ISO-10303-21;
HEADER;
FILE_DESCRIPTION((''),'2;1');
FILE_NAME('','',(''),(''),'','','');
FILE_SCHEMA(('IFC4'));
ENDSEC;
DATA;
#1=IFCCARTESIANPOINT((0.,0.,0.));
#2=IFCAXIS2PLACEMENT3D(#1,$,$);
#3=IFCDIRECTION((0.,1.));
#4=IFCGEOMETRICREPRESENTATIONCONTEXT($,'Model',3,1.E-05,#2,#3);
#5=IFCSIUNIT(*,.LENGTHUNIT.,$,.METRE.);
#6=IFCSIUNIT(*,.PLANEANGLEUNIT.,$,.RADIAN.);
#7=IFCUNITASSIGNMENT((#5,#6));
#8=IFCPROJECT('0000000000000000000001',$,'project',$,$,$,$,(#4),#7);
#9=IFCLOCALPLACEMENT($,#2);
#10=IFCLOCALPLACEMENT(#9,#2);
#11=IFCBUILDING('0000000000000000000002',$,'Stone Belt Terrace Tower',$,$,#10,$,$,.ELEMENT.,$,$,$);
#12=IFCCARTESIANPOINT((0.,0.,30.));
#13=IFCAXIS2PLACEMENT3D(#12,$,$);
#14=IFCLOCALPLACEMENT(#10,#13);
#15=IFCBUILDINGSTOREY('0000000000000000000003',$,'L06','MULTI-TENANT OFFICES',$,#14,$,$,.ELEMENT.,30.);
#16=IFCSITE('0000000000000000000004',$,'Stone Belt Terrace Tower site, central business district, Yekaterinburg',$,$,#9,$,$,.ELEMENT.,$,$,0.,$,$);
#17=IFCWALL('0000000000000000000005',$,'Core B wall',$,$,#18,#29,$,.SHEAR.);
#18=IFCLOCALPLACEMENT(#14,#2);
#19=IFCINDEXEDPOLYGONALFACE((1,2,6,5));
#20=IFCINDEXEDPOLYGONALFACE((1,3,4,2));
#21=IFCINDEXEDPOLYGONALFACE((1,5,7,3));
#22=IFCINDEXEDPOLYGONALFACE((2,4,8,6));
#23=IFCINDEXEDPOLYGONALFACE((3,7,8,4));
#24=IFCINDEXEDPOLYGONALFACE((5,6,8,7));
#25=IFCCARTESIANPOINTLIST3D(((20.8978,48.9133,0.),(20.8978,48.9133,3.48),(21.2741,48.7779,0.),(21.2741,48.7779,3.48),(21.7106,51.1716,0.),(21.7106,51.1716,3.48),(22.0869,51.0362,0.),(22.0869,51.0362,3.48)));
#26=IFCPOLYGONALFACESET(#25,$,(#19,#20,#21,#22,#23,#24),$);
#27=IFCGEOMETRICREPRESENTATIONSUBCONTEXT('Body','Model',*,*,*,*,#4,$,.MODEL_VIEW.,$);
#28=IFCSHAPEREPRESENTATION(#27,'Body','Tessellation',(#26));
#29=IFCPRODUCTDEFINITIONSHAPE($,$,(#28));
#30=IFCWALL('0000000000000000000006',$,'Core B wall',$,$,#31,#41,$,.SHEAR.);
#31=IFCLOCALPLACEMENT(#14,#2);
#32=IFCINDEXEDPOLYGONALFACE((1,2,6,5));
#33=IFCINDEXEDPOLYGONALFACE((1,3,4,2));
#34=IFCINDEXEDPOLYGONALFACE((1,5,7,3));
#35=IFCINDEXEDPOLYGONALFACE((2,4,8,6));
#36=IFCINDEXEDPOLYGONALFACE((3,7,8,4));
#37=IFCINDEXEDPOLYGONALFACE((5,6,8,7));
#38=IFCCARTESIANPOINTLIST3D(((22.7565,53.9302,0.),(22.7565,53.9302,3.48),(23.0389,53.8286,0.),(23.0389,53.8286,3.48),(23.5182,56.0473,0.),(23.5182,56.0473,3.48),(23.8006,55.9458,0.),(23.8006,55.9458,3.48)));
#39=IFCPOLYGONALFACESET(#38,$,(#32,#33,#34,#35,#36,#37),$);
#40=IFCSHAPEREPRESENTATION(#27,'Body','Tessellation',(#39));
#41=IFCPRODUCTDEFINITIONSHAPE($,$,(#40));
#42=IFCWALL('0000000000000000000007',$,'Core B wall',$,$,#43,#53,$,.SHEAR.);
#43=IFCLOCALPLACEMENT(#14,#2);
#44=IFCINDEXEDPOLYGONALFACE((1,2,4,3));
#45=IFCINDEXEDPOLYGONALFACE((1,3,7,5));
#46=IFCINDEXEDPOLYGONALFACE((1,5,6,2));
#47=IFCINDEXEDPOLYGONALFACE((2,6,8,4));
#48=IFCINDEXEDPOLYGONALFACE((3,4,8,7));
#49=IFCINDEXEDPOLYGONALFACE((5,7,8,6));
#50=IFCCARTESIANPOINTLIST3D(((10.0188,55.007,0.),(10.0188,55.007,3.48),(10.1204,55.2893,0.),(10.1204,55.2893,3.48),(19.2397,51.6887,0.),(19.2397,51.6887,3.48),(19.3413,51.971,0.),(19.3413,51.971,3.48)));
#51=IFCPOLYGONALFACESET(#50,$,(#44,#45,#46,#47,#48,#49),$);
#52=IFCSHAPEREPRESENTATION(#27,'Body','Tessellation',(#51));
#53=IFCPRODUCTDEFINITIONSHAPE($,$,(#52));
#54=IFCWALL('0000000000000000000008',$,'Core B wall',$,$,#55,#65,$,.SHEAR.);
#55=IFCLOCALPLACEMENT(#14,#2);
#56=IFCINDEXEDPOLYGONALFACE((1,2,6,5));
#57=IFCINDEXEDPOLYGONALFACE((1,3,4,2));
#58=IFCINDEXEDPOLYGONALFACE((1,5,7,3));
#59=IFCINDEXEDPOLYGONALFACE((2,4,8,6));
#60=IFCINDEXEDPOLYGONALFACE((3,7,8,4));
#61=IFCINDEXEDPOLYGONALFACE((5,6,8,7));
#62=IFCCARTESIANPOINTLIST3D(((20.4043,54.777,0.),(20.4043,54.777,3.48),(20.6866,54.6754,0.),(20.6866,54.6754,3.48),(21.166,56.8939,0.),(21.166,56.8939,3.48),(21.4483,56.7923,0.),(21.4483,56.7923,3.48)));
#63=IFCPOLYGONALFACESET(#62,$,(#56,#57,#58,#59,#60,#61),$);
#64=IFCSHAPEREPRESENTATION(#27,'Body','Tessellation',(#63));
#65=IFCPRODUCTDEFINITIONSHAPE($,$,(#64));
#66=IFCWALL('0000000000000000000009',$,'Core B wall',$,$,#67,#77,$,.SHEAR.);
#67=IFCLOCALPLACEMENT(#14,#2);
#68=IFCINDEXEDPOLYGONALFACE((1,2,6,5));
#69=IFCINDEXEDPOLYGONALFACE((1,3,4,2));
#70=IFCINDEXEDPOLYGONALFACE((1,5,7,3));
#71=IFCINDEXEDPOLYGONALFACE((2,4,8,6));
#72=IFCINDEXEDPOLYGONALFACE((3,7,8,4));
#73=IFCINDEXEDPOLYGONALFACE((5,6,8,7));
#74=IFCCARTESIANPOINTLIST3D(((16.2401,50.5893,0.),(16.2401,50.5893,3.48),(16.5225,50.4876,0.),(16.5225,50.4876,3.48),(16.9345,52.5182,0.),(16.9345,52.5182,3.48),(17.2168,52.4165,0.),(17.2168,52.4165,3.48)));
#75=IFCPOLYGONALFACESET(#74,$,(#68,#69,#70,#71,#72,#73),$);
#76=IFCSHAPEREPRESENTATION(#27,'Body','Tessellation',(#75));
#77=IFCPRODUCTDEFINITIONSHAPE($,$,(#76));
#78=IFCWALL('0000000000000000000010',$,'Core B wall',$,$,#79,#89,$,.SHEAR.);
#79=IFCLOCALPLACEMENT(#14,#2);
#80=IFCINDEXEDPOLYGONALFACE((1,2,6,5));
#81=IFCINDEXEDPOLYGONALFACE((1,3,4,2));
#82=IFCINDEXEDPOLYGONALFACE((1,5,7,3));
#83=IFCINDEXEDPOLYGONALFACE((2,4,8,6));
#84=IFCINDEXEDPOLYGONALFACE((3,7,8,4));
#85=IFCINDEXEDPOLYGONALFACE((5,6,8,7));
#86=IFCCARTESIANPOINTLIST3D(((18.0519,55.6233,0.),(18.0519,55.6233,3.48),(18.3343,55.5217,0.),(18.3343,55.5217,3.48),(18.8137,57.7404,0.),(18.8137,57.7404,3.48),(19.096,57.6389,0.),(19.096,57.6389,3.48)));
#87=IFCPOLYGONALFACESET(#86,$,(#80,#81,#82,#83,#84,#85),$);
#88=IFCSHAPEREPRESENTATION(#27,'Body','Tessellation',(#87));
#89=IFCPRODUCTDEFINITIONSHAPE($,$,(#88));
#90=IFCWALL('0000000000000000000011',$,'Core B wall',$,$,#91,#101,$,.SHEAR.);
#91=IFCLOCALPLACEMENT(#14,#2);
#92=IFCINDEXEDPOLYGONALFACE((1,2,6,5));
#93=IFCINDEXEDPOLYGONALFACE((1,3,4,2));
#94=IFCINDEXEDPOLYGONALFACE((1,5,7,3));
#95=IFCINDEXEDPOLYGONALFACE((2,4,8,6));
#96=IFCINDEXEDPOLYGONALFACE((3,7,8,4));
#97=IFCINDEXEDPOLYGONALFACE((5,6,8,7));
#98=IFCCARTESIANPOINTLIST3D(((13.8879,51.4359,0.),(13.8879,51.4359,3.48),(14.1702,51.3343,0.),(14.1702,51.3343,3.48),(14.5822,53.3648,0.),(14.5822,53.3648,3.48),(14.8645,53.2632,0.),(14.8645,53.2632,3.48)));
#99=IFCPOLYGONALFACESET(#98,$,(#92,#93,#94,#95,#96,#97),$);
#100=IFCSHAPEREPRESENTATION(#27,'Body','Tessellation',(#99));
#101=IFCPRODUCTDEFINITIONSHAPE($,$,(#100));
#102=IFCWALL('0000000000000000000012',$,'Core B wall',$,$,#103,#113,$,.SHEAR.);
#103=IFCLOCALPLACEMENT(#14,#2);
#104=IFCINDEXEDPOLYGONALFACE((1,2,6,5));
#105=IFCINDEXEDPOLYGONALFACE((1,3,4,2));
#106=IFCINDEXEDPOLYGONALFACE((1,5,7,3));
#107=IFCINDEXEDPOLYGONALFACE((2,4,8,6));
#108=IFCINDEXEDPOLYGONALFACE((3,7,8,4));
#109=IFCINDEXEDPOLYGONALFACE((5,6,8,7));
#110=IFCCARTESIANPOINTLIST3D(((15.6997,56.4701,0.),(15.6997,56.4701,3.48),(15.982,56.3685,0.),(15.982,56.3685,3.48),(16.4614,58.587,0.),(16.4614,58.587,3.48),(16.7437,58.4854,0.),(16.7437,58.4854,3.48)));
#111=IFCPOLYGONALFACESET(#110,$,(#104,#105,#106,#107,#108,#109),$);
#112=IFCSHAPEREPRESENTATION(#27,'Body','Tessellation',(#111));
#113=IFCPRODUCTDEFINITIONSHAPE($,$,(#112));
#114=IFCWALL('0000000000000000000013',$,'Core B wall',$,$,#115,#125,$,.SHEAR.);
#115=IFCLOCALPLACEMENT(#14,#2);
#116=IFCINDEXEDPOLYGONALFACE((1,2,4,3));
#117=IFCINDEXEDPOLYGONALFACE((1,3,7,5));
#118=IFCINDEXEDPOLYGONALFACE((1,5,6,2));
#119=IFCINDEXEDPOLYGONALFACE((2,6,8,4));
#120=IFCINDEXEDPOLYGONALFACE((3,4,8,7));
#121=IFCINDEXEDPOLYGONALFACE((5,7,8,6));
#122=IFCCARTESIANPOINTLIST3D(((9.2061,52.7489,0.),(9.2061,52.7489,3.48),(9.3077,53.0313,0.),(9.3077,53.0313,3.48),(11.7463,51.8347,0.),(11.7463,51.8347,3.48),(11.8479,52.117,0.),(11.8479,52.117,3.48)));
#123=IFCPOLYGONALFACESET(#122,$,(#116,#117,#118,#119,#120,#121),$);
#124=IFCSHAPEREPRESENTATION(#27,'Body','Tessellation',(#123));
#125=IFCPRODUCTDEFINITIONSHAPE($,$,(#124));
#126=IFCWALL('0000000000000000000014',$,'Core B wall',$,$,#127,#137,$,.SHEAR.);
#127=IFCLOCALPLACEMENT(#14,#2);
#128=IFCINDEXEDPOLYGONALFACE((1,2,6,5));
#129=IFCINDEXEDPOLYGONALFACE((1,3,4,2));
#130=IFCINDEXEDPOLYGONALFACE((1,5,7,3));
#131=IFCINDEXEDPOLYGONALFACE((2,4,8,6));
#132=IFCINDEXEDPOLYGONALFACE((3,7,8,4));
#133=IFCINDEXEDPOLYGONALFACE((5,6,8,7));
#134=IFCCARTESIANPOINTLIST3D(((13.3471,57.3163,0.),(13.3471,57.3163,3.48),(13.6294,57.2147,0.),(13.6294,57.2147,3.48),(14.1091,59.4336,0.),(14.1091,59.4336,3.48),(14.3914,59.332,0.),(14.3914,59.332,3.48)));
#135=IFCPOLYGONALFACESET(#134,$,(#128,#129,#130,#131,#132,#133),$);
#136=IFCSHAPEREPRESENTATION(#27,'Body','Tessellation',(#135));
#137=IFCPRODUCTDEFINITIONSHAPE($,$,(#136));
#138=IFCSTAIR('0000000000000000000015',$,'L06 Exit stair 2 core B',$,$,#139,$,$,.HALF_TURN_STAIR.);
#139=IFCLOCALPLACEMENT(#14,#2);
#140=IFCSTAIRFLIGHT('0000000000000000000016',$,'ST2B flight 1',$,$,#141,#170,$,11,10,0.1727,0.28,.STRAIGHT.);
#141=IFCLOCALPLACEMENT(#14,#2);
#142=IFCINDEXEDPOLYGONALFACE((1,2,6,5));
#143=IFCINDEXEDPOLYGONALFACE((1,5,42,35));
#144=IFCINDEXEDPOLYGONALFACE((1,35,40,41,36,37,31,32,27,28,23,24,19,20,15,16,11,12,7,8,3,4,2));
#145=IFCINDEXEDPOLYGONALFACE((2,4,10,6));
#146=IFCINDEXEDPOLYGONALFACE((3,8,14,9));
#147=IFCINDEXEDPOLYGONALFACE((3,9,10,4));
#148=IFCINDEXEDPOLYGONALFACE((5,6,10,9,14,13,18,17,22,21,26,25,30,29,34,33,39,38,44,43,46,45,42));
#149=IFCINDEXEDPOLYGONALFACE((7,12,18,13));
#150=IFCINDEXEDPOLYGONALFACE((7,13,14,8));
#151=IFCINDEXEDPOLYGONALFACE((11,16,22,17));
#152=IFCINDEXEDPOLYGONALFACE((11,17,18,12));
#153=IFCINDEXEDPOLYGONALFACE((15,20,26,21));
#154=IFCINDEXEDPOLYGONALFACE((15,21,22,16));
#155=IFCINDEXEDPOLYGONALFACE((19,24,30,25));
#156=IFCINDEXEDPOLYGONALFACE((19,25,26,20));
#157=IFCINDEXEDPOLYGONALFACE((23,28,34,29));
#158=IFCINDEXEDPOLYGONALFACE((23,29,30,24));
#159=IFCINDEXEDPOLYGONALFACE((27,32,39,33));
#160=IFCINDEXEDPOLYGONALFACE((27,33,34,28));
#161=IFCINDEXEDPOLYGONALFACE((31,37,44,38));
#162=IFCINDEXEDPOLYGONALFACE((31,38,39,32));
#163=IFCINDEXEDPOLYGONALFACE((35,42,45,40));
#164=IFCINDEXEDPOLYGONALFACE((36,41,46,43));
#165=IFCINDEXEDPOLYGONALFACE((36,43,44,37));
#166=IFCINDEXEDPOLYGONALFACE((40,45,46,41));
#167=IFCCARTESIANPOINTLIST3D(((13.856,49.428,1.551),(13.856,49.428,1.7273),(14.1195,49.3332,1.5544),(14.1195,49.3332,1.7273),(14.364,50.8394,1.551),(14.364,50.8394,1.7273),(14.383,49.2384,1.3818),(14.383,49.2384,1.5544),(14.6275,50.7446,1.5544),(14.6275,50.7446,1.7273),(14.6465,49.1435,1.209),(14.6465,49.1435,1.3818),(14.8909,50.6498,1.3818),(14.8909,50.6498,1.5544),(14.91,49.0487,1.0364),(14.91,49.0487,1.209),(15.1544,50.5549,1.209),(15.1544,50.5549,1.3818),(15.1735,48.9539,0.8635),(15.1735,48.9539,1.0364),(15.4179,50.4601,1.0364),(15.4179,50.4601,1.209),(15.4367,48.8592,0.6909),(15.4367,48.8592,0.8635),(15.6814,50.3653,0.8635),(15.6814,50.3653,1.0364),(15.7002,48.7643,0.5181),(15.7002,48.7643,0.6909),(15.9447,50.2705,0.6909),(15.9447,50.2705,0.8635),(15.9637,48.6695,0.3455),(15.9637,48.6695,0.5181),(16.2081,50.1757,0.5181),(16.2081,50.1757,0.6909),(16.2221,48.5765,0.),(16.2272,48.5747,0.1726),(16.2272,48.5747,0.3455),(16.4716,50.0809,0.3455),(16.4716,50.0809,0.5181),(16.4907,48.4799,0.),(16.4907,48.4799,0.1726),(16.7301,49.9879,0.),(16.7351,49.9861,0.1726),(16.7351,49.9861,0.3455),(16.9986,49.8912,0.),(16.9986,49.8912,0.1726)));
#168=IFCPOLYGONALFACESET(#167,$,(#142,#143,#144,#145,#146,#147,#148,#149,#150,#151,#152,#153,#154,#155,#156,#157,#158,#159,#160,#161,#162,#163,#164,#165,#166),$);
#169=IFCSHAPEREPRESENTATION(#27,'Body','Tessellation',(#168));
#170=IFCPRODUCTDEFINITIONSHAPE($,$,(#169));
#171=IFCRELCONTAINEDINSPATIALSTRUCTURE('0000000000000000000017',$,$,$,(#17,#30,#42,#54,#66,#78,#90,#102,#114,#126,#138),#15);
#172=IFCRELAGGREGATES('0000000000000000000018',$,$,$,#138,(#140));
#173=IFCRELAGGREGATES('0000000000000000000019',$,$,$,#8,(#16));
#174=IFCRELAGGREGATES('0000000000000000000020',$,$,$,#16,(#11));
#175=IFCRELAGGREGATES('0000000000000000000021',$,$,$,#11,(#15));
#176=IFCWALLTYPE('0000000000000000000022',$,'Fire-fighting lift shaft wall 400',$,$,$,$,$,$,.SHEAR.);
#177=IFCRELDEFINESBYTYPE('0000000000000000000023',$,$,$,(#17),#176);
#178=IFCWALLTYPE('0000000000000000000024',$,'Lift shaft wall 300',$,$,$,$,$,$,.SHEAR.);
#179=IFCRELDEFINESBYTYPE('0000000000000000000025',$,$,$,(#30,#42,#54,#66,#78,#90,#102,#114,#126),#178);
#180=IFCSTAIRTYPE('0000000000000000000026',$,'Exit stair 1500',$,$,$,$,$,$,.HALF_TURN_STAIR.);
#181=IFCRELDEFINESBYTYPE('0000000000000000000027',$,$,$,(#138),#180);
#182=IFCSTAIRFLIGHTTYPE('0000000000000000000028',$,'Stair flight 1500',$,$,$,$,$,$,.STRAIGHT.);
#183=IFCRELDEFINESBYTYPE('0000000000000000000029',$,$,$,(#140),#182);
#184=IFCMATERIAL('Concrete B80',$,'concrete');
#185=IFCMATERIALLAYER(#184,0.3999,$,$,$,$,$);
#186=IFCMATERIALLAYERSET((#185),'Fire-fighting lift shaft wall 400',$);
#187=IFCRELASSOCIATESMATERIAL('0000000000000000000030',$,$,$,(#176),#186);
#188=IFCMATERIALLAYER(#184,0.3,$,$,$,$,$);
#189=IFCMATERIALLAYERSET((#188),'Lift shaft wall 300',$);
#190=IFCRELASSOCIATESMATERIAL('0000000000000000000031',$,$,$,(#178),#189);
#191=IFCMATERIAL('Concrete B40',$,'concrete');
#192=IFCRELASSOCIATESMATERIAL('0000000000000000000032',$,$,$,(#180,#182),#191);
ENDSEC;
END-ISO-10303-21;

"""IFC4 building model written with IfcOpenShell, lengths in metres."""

from ifc_helpers import new_model, si_unit, direction, frame, frame_2d, origin, place, context, subcontext, project, spatial, polyline, rectangle, outline, extrude, material, layer, layer_set, type_object, element, aggregate, save


model = new_model("IFC4")

# Units and contexts
model_context = context("Model", 3, precision=1e-05, world=origin(), true_north=direction((0.0, 1.0)))
body_context = subcontext(model_context, "Body", "Model", "MODEL_VIEW")
ifc_project = project(units=[si_unit("LENGTHUNIT", "METRE"), si_unit("PLANEANGLEUNIT", "RADIAN")], contexts=[model_context])

# Site, building, storey
site_placement = place(None, origin())
site = spatial("IfcSite", under=ifc_project, at=site_placement, Name="Stone Belt Terrace Tower site, central business district, Yekaterinburg", CompositionType="ELEMENT", RefElevation=0.0)
building_placement = place(site_placement, origin())
building = spatial("IfcBuilding", under=site, at=building_placement, Name="Stone Belt Terrace Tower", CompositionType="ELEMENT")
storey_placement = place(building_placement, frame((0.0, 0.0, 30.0)))
storey = spatial("IfcBuildingStorey", under=building, at=storey_placement, Name="L06", Description="MULTI-TENANT OFFICES", CompositionType="ELEMENT", Elevation=30.0)

# Walls
ifc_material_1 = material(Name="Concrete B80", Category="concrete")
ifc_layer_1 = layer(ifc_material_1, 0.3999)
ifc_layer_set_1 = layer_set([ifc_layer_1], Name="Fire-fighting lift shaft wall 400")
wall_type_1 = type_object("IfcWallType", Name="Fire-fighting lift shaft wall 400", PredefinedType="SHEAR", material=ifc_layer_set_1)
wall_1_placement = place(storey_placement, frame((21.0859, 48.8455, 0.0), z_axis=(0.0, 0.0, 1.0), x_axis=(0.338629, 0.94092, 0.0)))
element("IfcWall", 1, at=wall_1_placement, inside=storey, type_object=wall_type_1, Name="Core B wall", PredefinedType="SHEAR", context=body_context, shape_type="SweptSolid", body=[
    extrude(rectangle(XDim=2.4001, YDim=0.3999, at=frame_2d((1.2002, 0.0))), origin(), (0.0, 0.0, 1.0), 3.48),
])
ifc_layer_2 = layer(ifc_material_1, 0.3)
ifc_layer_set_2 = layer_set([ifc_layer_2], Name="Lift shaft wall 300")
wall_type_2 = type_object("IfcWallType", Name="Lift shaft wall 300", PredefinedType="SHEAR", material=ifc_layer_set_2)
wall_2_placement = place(storey_placement, frame((22.8977, 53.8794, 0.0), z_axis=(0.0, 0.0, 1.0), x_axis=(0.338535, 0.940954, 0.0)))
element("IfcWall", 2, at=wall_2_placement, inside=storey, type_object=wall_type_2, Name="Core B wall", PredefinedType="SHEAR", context=body_context, shape_type="SweptSolid", body=[
    extrude(rectangle(XDim=2.25, YDim=0.3, at=frame_2d((1.125, 0.0))), origin(), (0.0, 0.0, 1.0), 3.48),
])
wall_3_placement = place(storey_placement, frame((19.2905, 51.8298, 0.0), z_axis=(0.0, 0.0, 1.0), x_axis=(-0.940926, 0.338613, 0.0)))
element("IfcWall", 3, at=wall_3_placement, inside=storey, type_object=wall_type_2, Name="Core B wall", PredefinedType="SHEAR", context=body_context, shape_type="SweptSolid", body=[
    extrude(rectangle(XDim=9.7998, YDim=0.3, at=frame_2d((4.8999, 0.0))), origin(), (0.0, 0.0, 1.0), 3.48),
])
wall_4_placement = place(storey_placement, frame((20.5454, 54.7261, 0.0), z_axis=(0.0, 0.0, 1.0), x_axis=(0.33857, 0.940941, 0.0)))
element("IfcWall", 4, at=wall_4_placement, inside=storey, type_object=wall_type_2, Name="Core B wall", PredefinedType="SHEAR", context=body_context, shape_type="SweptSolid", body=[
    extrude(rectangle(XDim=2.2498, YDim=0.3, at=frame_2d((1.125, 0.0))), origin(), (0.0, 0.0, 1.0), 3.48),
])
wall_5_placement = place(storey_placement, frame((16.3813, 50.5386, 0.0), z_axis=(0.0, 0.0, 1.0), x_axis=(0.338682, 0.940901, 0.0)))
element("IfcWall", 5, at=wall_5_placement, inside=storey, type_object=wall_type_2, Name="Core B wall", PredefinedType="SHEAR", context=body_context, shape_type="SweptSolid", body=[
    extrude(rectangle(XDim=2.05, YDim=0.3, at=frame_2d((1.0249, 0.0))), origin(), (0.0, 0.0, 1.0), 3.48),
])
wall_6_placement = place(storey_placement, frame((18.1931, 55.5725, 0.0), z_axis=(0.0, 0.0, 1.0), x_axis=(0.338535, 0.940954, 0.0)))
element("IfcWall", 6, at=wall_6_placement, inside=storey, type_object=wall_type_2, Name="Core B wall", PredefinedType="SHEAR", context=body_context, shape_type="SweptSolid", body=[
    extrude(rectangle(XDim=2.25, YDim=0.3, at=frame_2d((1.125, 0.0))), origin(), (0.0, 0.0, 1.0), 3.48),
])
wall_7_placement = place(storey_placement, frame((14.0291, 51.3853, 0.0), z_axis=(0.0, 0.0, 1.0), x_axis=(0.338682, 0.940901, 0.0)))
element("IfcWall", 7, at=wall_7_placement, inside=storey, type_object=wall_type_2, Name="Core B wall", PredefinedType="SHEAR", context=body_context, shape_type="SweptSolid", body=[
    extrude(rectangle(XDim=2.05, YDim=0.3, at=frame_2d((1.0249, 0.0))), origin(), (0.0, 0.0, 1.0), 3.48),
])
wall_8_placement = place(storey_placement, frame((15.8408, 56.4192, 0.0), z_axis=(0.0, 0.0, 1.0), x_axis=(0.33857, 0.940941, 0.0)))
element("IfcWall", 8, at=wall_8_placement, inside=storey, type_object=wall_type_2, Name="Core B wall", PredefinedType="SHEAR", context=body_context, shape_type="SweptSolid", body=[
    extrude(rectangle(XDim=2.2498, YDim=0.3, at=frame_2d((1.125, 0.0))), origin(), (0.0, 0.0, 1.0), 3.48),
])
wall_9_placement = place(storey_placement, frame((11.7971, 51.9758, 0.0), z_axis=(0.0, 0.0, 1.0), x_axis=(-0.94091, 0.338655, 0.0)))
element("IfcWall", 9, at=wall_9_placement, inside=storey, type_object=wall_type_2, Name="Core B wall", PredefinedType="SHEAR", context=body_context, shape_type="SweptSolid", body=[
    extrude(rectangle(XDim=2.6997, YDim=0.3, at=frame_2d((1.3499, 0.0))), origin(), (0.0, 0.0, 1.0), 3.48),
])
wall_10_placement = place(storey_placement, frame((13.4883, 57.2656, 0.0), z_axis=(0.0, 0.0, 1.0), x_axis=(0.338631, 0.940919, 0.0)))
element("IfcWall", 10, at=wall_10_placement, inside=storey, type_object=wall_type_2, Name="Core B wall", PredefinedType="SHEAR", context=body_context, shape_type="SweptSolid", body=[
    extrude(rectangle(XDim=2.2502, YDim=0.3, at=frame_2d((1.125, 0.0))), origin(), (0.0, 0.0, 1.0), 3.48),
])

# Stair, stair flight
ifc_material_2 = material(Name="Concrete B40", Category="concrete")
stair_type = type_object("IfcStairType", Name="Exit stair 1500", PredefinedType="HALF_TURN_STAIR", material=ifc_material_2)
stair_placement = place(storey_placement, origin())
stair = element("IfcStair", 11, at=stair_placement, inside=storey, type_object=stair_type, Name="L06 Exit stair 2 core B", PredefinedType="HALF_TURN_STAIR")
stair_flight_type = type_object("IfcStairFlightType", Name="Stair flight 1500", PredefinedType="STRAIGHT", material=ifc_material_2)
stair_flight_1_placement = place(storey_placement, frame((16.7446, 49.1855, 0.0), z_axis=(0.0, 0.0, 1.0), x_axis=(-0.940922, 0.338624, 0.0)))
stair_flight_1 = element("IfcStairFlight", 12, at=stair_flight_1_placement, type_object=stair_flight_type, Name="ST2B flight 1", NumberOfRisers=11, NumberOfTreads=10, PredefinedType="STRAIGHT", RiserHeight=0.1727, TreadLength=0.28, context=body_context, shape_type="SweptSolid", body=[
    extrude(outline(polyline([(0.0, 0.0), (0.0, 0.1726), (0.28, 0.1726), (0.28, 0.3455), (0.5601, 0.3455), (0.5601, 0.5181), (0.8401, 0.5181), (0.8401, 0.6909), (1.1201, 0.6909), (1.1201, 0.8635), (1.3999, 0.8635), (1.3999, 1.0364), (1.6799, 1.0364), (1.6799, 1.209), (1.96, 1.209), (1.96, 1.3818), (2.24, 1.3818), (2.24, 1.5544), (2.52, 1.5544), (2.52, 1.7273), (2.8, 1.7273), (2.8, 1.8999), (2.8, 1.551), (0.2854, 0.0), (0.0, 0.0)])), frame((0.0, 0.75, 0.0), z_axis=(0.0, -1.0, 0.0), x_axis=(1.0, 0.0, 0.0)), (0.0, 0.0, 1.0), 1.5),
])
aggregate(stair, [stair_flight_1])

save(model, "model.ifc")
